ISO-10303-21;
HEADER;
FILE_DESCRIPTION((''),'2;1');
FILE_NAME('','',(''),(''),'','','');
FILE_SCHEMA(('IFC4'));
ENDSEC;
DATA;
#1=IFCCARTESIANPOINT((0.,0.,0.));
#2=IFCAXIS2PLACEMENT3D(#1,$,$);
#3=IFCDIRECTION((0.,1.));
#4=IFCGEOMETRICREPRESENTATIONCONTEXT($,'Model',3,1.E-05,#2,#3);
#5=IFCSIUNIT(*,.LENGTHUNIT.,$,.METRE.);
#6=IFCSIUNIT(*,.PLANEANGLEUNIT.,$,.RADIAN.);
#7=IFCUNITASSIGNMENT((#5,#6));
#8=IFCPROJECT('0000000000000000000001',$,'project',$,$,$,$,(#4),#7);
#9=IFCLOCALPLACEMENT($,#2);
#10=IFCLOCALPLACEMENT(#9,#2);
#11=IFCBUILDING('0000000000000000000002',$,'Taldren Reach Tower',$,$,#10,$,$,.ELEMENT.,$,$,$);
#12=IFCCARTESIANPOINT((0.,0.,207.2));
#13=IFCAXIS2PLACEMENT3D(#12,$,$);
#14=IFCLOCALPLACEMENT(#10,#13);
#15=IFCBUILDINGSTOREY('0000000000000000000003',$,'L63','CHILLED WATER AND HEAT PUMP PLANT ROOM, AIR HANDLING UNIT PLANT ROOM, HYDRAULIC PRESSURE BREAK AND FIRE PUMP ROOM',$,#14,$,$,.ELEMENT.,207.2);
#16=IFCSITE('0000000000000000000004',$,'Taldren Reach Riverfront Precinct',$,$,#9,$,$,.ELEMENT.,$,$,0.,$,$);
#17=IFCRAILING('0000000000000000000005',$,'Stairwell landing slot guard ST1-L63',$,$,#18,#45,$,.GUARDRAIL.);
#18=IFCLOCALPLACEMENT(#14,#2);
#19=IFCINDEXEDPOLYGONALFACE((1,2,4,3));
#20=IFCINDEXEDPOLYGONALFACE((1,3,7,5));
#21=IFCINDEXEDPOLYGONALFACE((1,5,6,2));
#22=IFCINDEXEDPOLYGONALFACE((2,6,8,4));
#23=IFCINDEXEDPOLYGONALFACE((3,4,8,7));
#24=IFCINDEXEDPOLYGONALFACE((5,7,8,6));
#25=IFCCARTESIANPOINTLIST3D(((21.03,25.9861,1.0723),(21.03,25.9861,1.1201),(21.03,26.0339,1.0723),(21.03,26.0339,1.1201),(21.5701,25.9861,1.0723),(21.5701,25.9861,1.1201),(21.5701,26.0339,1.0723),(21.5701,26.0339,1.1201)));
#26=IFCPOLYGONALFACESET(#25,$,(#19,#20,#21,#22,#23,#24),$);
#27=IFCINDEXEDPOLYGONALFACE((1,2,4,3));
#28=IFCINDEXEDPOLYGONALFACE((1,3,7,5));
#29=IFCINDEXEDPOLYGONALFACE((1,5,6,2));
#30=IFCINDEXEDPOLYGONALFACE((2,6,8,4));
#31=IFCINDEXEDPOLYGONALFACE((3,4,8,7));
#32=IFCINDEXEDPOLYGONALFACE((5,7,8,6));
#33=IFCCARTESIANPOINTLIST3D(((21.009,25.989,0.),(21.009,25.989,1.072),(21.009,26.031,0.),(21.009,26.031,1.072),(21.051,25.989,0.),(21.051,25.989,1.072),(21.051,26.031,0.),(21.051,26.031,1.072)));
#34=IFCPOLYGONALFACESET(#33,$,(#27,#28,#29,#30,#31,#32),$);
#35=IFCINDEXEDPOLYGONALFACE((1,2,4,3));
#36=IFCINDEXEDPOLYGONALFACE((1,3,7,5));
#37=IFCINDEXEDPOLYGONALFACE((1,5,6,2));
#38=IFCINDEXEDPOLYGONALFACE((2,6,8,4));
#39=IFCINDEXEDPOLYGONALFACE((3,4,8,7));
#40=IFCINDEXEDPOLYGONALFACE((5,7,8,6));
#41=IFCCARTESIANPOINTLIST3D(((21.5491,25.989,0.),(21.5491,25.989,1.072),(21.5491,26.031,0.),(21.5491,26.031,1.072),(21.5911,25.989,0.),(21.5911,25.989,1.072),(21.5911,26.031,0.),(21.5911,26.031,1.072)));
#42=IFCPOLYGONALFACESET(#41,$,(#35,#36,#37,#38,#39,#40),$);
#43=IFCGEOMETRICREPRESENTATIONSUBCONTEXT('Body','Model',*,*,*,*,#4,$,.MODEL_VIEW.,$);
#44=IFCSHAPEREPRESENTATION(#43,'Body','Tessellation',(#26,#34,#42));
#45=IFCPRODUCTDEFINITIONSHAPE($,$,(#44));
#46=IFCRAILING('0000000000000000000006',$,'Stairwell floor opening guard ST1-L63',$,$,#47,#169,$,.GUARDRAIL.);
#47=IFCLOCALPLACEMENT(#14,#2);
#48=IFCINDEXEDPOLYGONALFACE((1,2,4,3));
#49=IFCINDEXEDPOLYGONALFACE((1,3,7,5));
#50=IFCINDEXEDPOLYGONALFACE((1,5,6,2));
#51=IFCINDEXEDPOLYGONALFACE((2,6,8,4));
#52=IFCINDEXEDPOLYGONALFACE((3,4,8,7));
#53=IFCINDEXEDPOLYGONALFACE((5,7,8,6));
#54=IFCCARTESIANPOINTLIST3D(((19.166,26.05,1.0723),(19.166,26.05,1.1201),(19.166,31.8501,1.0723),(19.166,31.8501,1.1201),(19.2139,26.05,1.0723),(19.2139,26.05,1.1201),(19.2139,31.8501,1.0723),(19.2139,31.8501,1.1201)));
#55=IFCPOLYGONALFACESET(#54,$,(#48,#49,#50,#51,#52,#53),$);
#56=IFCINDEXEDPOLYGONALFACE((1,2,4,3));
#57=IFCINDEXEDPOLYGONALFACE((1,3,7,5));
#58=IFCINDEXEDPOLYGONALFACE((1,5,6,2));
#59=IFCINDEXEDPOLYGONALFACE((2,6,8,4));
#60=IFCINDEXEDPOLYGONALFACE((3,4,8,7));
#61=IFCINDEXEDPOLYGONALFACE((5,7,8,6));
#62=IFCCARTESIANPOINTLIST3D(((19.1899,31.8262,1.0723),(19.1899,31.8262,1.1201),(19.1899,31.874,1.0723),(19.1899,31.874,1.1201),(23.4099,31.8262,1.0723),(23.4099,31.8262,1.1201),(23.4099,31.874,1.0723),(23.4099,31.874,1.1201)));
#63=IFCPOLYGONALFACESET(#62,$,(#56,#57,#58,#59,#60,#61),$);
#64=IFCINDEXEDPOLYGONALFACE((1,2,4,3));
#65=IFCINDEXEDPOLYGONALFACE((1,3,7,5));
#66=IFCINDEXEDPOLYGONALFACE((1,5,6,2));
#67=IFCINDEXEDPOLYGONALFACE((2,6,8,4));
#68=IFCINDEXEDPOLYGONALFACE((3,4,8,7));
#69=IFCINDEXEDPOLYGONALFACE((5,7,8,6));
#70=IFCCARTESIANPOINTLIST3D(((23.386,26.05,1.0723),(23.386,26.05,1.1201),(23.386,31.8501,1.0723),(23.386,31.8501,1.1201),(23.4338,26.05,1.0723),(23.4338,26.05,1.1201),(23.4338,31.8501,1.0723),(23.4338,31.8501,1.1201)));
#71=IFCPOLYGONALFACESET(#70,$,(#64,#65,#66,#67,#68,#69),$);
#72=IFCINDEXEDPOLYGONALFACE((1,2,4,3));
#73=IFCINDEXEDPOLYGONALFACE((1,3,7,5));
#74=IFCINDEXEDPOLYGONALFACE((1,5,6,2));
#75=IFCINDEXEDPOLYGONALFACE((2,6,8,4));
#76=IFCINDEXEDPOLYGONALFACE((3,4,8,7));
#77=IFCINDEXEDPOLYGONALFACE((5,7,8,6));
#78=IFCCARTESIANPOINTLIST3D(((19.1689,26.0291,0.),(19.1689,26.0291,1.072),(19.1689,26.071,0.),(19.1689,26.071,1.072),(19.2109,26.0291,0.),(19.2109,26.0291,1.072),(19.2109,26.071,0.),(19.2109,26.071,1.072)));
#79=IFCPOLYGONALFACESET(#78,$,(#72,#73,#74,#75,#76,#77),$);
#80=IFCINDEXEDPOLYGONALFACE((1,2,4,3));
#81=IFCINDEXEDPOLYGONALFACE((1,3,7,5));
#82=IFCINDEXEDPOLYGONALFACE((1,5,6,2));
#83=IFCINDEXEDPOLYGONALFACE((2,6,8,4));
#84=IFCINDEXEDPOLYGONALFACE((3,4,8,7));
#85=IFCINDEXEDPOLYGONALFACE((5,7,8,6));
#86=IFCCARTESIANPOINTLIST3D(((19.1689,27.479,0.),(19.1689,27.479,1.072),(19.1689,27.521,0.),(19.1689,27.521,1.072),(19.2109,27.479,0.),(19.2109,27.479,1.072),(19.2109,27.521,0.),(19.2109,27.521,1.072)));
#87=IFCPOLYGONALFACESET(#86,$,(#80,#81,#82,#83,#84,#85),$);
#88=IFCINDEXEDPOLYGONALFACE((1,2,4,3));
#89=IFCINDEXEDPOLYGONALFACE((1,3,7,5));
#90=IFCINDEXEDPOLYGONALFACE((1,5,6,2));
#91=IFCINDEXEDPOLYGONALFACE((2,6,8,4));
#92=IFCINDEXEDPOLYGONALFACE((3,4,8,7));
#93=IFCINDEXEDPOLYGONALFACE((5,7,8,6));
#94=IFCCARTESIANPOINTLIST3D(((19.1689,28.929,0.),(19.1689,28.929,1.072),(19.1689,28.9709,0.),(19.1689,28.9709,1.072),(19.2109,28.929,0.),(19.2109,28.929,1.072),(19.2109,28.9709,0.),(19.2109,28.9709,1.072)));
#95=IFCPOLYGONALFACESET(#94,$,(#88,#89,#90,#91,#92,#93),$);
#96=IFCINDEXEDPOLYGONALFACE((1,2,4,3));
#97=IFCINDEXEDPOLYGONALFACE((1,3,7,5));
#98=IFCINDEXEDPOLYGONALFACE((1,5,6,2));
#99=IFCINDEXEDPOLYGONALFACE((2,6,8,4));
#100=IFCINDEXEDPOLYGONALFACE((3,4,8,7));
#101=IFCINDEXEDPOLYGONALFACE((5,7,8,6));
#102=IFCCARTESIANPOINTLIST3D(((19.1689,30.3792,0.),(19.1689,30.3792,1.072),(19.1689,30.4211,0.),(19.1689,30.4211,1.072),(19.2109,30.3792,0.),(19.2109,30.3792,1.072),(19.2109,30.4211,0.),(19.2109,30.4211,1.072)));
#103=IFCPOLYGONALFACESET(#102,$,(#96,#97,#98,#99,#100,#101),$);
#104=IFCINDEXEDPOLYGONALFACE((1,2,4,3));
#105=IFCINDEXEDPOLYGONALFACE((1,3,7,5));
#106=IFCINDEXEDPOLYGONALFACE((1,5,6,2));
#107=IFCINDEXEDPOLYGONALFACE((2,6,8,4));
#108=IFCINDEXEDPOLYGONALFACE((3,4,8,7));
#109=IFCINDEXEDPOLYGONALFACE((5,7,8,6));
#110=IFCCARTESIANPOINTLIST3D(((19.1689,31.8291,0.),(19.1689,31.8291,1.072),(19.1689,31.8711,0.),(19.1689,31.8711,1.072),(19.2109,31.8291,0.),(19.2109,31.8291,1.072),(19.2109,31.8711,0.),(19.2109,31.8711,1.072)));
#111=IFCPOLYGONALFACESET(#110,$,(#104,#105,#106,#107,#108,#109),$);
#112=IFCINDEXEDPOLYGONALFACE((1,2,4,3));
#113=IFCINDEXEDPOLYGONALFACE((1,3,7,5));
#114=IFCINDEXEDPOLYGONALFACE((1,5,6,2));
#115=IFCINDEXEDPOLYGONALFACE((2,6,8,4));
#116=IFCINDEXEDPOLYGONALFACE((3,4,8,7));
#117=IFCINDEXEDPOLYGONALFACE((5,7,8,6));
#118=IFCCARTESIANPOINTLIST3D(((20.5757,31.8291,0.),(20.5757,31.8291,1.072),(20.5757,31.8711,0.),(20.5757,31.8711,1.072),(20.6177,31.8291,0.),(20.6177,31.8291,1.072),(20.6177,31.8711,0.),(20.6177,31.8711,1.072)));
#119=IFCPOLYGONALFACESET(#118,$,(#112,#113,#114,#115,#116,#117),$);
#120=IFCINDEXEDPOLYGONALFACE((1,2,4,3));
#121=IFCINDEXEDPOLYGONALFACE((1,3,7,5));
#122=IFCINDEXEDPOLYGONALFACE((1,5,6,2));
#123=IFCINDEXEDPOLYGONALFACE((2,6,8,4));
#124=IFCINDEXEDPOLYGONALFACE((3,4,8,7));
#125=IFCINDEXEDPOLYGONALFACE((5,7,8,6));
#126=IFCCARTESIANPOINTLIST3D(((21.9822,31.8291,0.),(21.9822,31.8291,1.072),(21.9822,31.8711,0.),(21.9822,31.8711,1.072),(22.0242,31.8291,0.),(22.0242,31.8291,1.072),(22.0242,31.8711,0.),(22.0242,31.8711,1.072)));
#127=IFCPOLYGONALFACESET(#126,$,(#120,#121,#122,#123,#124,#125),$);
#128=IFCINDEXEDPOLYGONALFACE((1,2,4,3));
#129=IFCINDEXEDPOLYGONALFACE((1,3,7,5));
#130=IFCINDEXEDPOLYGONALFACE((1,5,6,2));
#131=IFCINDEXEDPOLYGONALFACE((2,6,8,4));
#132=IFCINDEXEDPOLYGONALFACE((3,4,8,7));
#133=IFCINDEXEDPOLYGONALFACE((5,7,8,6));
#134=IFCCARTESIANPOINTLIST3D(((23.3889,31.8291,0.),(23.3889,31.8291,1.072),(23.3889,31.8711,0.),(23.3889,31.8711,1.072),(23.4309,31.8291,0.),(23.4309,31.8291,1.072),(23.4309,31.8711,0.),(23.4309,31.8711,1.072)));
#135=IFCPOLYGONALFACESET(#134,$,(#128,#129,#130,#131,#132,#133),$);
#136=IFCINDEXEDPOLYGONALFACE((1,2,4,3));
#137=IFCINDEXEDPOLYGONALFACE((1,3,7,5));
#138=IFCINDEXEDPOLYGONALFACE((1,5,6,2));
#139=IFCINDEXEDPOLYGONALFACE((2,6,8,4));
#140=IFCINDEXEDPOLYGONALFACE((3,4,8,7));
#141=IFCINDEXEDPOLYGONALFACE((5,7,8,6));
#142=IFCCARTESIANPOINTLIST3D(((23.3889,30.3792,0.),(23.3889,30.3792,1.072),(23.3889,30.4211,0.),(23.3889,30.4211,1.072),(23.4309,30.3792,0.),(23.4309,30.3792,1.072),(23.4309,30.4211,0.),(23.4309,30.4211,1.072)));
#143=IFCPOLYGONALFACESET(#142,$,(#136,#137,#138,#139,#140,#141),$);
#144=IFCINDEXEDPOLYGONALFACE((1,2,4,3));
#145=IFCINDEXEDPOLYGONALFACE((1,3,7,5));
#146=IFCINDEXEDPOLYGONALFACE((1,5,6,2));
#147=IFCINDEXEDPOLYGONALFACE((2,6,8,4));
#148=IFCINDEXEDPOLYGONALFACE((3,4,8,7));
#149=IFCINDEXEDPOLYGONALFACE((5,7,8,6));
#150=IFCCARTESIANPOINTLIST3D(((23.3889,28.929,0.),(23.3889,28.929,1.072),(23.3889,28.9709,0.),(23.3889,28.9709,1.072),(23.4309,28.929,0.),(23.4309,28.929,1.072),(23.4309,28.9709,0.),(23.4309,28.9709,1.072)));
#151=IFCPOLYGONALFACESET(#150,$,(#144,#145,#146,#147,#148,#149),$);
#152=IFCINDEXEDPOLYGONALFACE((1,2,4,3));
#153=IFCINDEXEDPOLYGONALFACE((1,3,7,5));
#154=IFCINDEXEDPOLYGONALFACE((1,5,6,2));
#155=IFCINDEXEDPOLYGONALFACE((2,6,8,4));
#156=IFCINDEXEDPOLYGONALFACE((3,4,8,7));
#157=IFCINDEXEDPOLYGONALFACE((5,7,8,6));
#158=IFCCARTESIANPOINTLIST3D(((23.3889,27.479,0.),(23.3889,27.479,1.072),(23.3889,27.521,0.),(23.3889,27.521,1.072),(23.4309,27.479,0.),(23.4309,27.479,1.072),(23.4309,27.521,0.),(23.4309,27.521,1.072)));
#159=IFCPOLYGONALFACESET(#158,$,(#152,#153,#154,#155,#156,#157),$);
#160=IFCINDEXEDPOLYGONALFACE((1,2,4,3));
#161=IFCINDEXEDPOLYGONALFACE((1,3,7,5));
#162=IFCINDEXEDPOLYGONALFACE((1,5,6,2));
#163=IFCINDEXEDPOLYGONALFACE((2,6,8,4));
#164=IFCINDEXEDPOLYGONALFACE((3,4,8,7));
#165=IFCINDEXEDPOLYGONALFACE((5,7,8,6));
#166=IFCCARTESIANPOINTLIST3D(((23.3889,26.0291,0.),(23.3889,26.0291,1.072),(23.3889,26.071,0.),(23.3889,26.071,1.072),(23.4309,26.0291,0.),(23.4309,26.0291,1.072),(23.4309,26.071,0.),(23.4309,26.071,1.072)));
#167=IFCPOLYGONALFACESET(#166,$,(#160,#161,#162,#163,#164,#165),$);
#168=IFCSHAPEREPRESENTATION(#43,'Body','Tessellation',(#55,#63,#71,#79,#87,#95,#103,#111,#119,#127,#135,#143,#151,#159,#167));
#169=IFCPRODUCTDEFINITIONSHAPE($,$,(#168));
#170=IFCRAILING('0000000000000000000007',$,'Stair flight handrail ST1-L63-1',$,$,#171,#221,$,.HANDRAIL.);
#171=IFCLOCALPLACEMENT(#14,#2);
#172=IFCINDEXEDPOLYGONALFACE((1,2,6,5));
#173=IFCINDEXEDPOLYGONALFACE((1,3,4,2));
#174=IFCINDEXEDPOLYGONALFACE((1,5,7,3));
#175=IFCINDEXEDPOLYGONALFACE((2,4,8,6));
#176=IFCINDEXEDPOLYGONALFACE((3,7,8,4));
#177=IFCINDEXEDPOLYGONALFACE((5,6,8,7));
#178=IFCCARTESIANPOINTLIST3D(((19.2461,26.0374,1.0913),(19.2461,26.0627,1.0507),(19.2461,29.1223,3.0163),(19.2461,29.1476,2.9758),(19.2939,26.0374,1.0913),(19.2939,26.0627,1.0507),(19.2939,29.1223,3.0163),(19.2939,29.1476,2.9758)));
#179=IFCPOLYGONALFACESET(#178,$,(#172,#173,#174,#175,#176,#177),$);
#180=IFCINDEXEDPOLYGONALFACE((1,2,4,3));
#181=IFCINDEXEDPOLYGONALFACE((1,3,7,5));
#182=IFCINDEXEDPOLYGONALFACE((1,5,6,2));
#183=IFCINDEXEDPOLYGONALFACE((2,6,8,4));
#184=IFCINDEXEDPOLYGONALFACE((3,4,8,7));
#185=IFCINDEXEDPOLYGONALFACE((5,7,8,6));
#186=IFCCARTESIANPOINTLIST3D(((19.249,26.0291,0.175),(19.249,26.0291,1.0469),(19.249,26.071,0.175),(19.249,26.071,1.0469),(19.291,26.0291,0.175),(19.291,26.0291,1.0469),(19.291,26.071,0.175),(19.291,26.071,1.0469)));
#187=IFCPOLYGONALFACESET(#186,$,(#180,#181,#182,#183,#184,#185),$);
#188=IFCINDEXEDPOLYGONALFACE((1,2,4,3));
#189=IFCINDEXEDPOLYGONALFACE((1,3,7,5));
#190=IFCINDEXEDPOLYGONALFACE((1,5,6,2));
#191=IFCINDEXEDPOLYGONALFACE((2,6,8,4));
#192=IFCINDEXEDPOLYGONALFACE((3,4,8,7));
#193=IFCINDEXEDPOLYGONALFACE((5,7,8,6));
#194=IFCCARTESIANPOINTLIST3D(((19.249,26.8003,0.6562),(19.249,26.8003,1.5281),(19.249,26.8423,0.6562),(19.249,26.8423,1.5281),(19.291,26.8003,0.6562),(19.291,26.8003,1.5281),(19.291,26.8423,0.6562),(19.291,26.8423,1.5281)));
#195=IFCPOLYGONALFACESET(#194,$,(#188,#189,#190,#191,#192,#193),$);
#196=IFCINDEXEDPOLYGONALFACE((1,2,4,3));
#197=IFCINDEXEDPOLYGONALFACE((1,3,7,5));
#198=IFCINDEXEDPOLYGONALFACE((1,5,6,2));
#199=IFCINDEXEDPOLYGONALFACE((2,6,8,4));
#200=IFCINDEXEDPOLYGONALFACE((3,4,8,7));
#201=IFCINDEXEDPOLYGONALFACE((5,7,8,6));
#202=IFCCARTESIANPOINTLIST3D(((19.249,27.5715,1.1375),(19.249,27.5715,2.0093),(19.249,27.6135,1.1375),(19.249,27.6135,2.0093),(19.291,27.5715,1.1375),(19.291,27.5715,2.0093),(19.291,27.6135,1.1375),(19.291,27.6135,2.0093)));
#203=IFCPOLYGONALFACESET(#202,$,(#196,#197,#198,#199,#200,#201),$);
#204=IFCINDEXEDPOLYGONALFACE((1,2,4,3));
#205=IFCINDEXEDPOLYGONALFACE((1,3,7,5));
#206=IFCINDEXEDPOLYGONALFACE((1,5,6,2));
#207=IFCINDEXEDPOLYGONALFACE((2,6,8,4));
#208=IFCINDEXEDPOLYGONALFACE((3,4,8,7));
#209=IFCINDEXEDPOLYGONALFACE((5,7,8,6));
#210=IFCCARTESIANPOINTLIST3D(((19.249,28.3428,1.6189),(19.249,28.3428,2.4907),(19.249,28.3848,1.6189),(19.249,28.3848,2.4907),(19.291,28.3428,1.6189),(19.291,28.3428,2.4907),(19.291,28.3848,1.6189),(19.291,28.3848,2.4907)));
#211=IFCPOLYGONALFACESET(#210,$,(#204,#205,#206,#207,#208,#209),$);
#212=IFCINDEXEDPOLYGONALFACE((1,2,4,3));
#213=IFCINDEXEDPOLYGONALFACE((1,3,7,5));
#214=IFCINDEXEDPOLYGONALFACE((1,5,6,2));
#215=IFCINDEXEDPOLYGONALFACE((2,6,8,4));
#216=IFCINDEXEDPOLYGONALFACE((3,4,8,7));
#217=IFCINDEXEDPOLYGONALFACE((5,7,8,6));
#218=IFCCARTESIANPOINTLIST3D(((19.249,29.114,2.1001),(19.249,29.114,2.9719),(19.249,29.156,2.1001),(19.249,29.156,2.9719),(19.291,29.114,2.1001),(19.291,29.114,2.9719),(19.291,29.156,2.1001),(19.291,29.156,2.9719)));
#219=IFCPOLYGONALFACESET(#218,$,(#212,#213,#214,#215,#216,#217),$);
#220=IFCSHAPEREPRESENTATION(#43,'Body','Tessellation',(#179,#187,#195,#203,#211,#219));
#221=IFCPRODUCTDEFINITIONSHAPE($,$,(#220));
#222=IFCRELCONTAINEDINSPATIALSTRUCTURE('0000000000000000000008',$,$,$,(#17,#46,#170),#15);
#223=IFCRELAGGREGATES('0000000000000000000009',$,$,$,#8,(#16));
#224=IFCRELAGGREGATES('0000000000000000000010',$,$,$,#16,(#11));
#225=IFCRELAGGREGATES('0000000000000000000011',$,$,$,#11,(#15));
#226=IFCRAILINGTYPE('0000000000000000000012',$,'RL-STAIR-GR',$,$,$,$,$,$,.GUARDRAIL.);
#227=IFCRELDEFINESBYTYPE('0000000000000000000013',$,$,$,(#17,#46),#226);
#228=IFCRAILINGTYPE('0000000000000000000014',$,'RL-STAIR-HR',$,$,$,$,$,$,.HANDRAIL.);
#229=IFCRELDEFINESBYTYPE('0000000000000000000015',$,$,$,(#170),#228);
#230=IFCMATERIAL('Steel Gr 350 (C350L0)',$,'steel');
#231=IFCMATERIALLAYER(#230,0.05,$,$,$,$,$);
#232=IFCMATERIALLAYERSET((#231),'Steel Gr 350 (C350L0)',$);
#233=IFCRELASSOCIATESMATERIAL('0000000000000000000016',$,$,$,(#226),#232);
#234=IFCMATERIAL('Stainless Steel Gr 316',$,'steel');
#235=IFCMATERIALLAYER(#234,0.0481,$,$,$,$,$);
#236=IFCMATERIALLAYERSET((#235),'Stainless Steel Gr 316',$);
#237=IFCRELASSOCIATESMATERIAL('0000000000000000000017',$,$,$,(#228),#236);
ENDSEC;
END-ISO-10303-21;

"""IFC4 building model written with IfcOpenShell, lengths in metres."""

from ifc_helpers import new_model, si_unit, direction, frame, origin, origin_2d, place, context, subcontext, project, spatial, rectangle, extrude, material, layer, layer_set, type_object, element, save


model = new_model("IFC4")

# Units and contexts
model_context = context("Model", 3, precision=1e-05, world=origin(), true_north=direction((0.0, 1.0)))
body_context = subcontext(model_context, "Body", "Model", "MODEL_VIEW")
ifc_project = project(units=[si_unit("LENGTHUNIT", "METRE"), si_unit("PLANEANGLEUNIT", "RADIAN")], contexts=[model_context])

# Site, building, storey
site_placement = place(None, origin())
site = spatial("IfcSite", under=ifc_project, at=site_placement, Name="Taldren Reach Riverfront Precinct", CompositionType="ELEMENT", RefElevation=0.0)
building_placement = place(site_placement, origin())
building = spatial("IfcBuilding", under=site, at=building_placement, Name="Taldren Reach Tower", CompositionType="ELEMENT")
storey_placement = place(building_placement, frame((0.0, 0.0, 207.2)))
storey = spatial("IfcBuildingStorey", under=building, at=storey_placement, Name="L63", Description="CHILLED WATER AND HEAT PUMP PLANT ROOM, AIR HANDLING UNIT PLANT ROOM, HYDRAULIC PRESSURE BREAK AND FIRE PUMP ROOM", CompositionType="ELEMENT", Elevation=207.2)

# Shared definitions
ifc_material_1 = material(Name="Steel Gr 350 (C350L0)", Category="steel")

# Railings
ifc_layer_1 = layer(ifc_material_1, 0.05)
ifc_layer_set_1 = layer_set([ifc_layer_1], Name="Steel Gr 350 (C350L0)")
railing_type_1 = type_object("IfcRailingType", Name="RL-STAIR-GR", PredefinedType="GUARDRAIL", material=ifc_layer_set_1)
railing_1_placement = place(storey_placement, frame((21.03, 26.01, 0.0)))
element("IfcRailing", 1, at=railing_1_placement, inside=storey, type_object=railing_type_1, Name="Stairwell landing slot guard ST1-L63", PredefinedType="GUARDRAIL", context=body_context, shape_type="SweptSolid", body=[
    extrude(rectangle(XDim=0.0479, YDim=0.0479, at=origin_2d()), frame((0.0, 0.0, 1.0962), z_axis=(1.0, 0.0, 0.0), x_axis=(0.0, 1.0, 0.0)), (0.0, 0.0, 1.0), 0.54),
    extrude(rectangle(XDim=0.042, YDim=0.042, at=origin_2d()), origin(), (0.0, 0.0, 1.0), 1.072),
    extrude(rectangle(XDim=0.042, YDim=0.042, at=origin_2d()), frame((0.54, 0.0, 0.0)), (0.0, 0.0, 1.0), 1.072),
])
railing_2_placement = place(storey_placement, frame((19.1899, 26.05, 0.0)))
element("IfcRailing", 2, at=railing_2_placement, inside=storey, type_object=railing_type_1, Name="Stairwell floor opening guard ST1-L63", PredefinedType="GUARDRAIL", context=body_context, shape_type="SweptSolid", body=[
    extrude(rectangle(XDim=0.0479, YDim=0.0479, at=origin_2d()), frame((0.0, 0.0, 1.0962), z_axis=(0.0, 1.0, 0.0), x_axis=(-1.0, 0.0, 0.0)), (0.0, 0.0, 1.0), 5.8),
    extrude(rectangle(XDim=0.0479, YDim=0.0479, at=origin_2d()), frame((0.0, 5.8, 1.0962), z_axis=(1.0, 0.0, 0.0), x_axis=(0.0, 1.0, 0.0)), (0.0, 0.0, 1.0), 4.22),
    extrude(rectangle(XDim=0.0479, YDim=0.0479, at=origin_2d()), frame((4.22, 5.8, 1.0962), z_axis=(0.0, -1.0, 0.0), x_axis=(1.0, 0.0, 0.0)), (0.0, 0.0, 1.0), 5.8),
    extrude(rectangle(XDim=0.042, YDim=0.042, at=origin_2d()), origin(), (0.0, 0.0, 1.0), 1.072),
    extrude(rectangle(XDim=0.042, YDim=0.042, at=origin_2d()), frame((0.0, 1.45, 0.0)), (0.0, 0.0, 1.0), 1.072),
    extrude(rectangle(XDim=0.042, YDim=0.042, at=origin_2d()), frame((0.0, 2.8999, 0.0)), (0.0, 0.0, 1.0), 1.072),
    extrude(rectangle(XDim=0.042, YDim=0.042, at=origin_2d()), frame((0.0, 4.3501, 0.0)), (0.0, 0.0, 1.0), 1.072),
    extrude(rectangle(XDim=0.042, YDim=0.042, at=origin_2d()), frame((0.0, 5.8, 0.0)), (0.0, 0.0, 1.0), 1.072),
    extrude(rectangle(XDim=0.042, YDim=0.042, at=origin_2d()), frame((1.4067, 5.8, 0.0)), (0.0, 0.0, 1.0), 1.072),
    extrude(rectangle(XDim=0.042, YDim=0.042, at=origin_2d()), frame((2.8132, 5.8, 0.0)), (0.0, 0.0, 1.0), 1.072),
    extrude(rectangle(XDim=0.042, YDim=0.042, at=origin_2d()), frame((4.22, 5.8, 0.0)), (0.0, 0.0, 1.0), 1.072),
    extrude(rectangle(XDim=0.042, YDim=0.042, at=origin_2d()), frame((4.22, 4.3501, 0.0)), (0.0, 0.0, 1.0), 1.072),
    extrude(rectangle(XDim=0.042, YDim=0.042, at=origin_2d()), frame((4.22, 2.8999, 0.0)), (0.0, 0.0, 1.0), 1.072),
    extrude(rectangle(XDim=0.042, YDim=0.042, at=origin_2d()), frame((4.22, 1.45, 0.0)), (0.0, 0.0, 1.0), 1.072),
    extrude(rectangle(XDim=0.042, YDim=0.042, at=origin_2d()), frame((4.22, 0.0, 0.0)), (0.0, 0.0, 1.0), 1.072),
])
ifc_material_2 = material(Name="Stainless Steel Gr 316", Category="steel")
ifc_layer_2 = layer(ifc_material_2, 0.0481)
ifc_layer_set_2 = layer_set([ifc_layer_2], Name="Stainless Steel Gr 316")
railing_type_2 = type_object("IfcRailingType", Name="RL-STAIR-HR", PredefinedType="HANDRAIL", material=ifc_layer_set_2)
railing_3_placement = place(storey_placement, frame((19.27, 26.05, 0.175)))
element("IfcRailing", 3, at=railing_3_placement, inside=storey, type_object=railing_type_2, Name="Stair flight handrail ST1-L63-1", PredefinedType="HANDRAIL", context=body_context, shape_type="SweptSolid", body=[
    extrude(rectangle(XDim=0.0479, YDim=0.0479, at=origin_2d()), frame((0.0, 0.0, 0.896), z_axis=(0.0, 0.848375, 0.529395), x_axis=(-1.0, 0.0, 0.0)), (0.0, 0.0, 1.0), 3.6362),
    extrude(rectangle(XDim=0.042, YDim=0.042, at=origin_2d()), origin(), (0.0, 0.0, 1.0), 0.8718),
    extrude(rectangle(XDim=0.042, YDim=0.042, at=origin_2d()), frame((0.0, 0.7712, 0.4812)), (0.0, 0.0, 1.0), 0.8718),
    extrude(rectangle(XDim=0.042, YDim=0.042, at=origin_2d()), frame((0.0, 1.5425, 0.9624)), (0.0, 0.0, 1.0), 0.8718),
    extrude(rectangle(XDim=0.042, YDim=0.042, at=origin_2d()), frame((0.0, 2.3137, 1.4438)), (0.0, 0.0, 1.0), 0.8718),
    extrude(rectangle(XDim=0.042, YDim=0.042, at=origin_2d()), frame((0.0, 3.085, 1.925)), (0.0, 0.0, 1.0), 0.8718),
])

save(model, "model.ifc")
